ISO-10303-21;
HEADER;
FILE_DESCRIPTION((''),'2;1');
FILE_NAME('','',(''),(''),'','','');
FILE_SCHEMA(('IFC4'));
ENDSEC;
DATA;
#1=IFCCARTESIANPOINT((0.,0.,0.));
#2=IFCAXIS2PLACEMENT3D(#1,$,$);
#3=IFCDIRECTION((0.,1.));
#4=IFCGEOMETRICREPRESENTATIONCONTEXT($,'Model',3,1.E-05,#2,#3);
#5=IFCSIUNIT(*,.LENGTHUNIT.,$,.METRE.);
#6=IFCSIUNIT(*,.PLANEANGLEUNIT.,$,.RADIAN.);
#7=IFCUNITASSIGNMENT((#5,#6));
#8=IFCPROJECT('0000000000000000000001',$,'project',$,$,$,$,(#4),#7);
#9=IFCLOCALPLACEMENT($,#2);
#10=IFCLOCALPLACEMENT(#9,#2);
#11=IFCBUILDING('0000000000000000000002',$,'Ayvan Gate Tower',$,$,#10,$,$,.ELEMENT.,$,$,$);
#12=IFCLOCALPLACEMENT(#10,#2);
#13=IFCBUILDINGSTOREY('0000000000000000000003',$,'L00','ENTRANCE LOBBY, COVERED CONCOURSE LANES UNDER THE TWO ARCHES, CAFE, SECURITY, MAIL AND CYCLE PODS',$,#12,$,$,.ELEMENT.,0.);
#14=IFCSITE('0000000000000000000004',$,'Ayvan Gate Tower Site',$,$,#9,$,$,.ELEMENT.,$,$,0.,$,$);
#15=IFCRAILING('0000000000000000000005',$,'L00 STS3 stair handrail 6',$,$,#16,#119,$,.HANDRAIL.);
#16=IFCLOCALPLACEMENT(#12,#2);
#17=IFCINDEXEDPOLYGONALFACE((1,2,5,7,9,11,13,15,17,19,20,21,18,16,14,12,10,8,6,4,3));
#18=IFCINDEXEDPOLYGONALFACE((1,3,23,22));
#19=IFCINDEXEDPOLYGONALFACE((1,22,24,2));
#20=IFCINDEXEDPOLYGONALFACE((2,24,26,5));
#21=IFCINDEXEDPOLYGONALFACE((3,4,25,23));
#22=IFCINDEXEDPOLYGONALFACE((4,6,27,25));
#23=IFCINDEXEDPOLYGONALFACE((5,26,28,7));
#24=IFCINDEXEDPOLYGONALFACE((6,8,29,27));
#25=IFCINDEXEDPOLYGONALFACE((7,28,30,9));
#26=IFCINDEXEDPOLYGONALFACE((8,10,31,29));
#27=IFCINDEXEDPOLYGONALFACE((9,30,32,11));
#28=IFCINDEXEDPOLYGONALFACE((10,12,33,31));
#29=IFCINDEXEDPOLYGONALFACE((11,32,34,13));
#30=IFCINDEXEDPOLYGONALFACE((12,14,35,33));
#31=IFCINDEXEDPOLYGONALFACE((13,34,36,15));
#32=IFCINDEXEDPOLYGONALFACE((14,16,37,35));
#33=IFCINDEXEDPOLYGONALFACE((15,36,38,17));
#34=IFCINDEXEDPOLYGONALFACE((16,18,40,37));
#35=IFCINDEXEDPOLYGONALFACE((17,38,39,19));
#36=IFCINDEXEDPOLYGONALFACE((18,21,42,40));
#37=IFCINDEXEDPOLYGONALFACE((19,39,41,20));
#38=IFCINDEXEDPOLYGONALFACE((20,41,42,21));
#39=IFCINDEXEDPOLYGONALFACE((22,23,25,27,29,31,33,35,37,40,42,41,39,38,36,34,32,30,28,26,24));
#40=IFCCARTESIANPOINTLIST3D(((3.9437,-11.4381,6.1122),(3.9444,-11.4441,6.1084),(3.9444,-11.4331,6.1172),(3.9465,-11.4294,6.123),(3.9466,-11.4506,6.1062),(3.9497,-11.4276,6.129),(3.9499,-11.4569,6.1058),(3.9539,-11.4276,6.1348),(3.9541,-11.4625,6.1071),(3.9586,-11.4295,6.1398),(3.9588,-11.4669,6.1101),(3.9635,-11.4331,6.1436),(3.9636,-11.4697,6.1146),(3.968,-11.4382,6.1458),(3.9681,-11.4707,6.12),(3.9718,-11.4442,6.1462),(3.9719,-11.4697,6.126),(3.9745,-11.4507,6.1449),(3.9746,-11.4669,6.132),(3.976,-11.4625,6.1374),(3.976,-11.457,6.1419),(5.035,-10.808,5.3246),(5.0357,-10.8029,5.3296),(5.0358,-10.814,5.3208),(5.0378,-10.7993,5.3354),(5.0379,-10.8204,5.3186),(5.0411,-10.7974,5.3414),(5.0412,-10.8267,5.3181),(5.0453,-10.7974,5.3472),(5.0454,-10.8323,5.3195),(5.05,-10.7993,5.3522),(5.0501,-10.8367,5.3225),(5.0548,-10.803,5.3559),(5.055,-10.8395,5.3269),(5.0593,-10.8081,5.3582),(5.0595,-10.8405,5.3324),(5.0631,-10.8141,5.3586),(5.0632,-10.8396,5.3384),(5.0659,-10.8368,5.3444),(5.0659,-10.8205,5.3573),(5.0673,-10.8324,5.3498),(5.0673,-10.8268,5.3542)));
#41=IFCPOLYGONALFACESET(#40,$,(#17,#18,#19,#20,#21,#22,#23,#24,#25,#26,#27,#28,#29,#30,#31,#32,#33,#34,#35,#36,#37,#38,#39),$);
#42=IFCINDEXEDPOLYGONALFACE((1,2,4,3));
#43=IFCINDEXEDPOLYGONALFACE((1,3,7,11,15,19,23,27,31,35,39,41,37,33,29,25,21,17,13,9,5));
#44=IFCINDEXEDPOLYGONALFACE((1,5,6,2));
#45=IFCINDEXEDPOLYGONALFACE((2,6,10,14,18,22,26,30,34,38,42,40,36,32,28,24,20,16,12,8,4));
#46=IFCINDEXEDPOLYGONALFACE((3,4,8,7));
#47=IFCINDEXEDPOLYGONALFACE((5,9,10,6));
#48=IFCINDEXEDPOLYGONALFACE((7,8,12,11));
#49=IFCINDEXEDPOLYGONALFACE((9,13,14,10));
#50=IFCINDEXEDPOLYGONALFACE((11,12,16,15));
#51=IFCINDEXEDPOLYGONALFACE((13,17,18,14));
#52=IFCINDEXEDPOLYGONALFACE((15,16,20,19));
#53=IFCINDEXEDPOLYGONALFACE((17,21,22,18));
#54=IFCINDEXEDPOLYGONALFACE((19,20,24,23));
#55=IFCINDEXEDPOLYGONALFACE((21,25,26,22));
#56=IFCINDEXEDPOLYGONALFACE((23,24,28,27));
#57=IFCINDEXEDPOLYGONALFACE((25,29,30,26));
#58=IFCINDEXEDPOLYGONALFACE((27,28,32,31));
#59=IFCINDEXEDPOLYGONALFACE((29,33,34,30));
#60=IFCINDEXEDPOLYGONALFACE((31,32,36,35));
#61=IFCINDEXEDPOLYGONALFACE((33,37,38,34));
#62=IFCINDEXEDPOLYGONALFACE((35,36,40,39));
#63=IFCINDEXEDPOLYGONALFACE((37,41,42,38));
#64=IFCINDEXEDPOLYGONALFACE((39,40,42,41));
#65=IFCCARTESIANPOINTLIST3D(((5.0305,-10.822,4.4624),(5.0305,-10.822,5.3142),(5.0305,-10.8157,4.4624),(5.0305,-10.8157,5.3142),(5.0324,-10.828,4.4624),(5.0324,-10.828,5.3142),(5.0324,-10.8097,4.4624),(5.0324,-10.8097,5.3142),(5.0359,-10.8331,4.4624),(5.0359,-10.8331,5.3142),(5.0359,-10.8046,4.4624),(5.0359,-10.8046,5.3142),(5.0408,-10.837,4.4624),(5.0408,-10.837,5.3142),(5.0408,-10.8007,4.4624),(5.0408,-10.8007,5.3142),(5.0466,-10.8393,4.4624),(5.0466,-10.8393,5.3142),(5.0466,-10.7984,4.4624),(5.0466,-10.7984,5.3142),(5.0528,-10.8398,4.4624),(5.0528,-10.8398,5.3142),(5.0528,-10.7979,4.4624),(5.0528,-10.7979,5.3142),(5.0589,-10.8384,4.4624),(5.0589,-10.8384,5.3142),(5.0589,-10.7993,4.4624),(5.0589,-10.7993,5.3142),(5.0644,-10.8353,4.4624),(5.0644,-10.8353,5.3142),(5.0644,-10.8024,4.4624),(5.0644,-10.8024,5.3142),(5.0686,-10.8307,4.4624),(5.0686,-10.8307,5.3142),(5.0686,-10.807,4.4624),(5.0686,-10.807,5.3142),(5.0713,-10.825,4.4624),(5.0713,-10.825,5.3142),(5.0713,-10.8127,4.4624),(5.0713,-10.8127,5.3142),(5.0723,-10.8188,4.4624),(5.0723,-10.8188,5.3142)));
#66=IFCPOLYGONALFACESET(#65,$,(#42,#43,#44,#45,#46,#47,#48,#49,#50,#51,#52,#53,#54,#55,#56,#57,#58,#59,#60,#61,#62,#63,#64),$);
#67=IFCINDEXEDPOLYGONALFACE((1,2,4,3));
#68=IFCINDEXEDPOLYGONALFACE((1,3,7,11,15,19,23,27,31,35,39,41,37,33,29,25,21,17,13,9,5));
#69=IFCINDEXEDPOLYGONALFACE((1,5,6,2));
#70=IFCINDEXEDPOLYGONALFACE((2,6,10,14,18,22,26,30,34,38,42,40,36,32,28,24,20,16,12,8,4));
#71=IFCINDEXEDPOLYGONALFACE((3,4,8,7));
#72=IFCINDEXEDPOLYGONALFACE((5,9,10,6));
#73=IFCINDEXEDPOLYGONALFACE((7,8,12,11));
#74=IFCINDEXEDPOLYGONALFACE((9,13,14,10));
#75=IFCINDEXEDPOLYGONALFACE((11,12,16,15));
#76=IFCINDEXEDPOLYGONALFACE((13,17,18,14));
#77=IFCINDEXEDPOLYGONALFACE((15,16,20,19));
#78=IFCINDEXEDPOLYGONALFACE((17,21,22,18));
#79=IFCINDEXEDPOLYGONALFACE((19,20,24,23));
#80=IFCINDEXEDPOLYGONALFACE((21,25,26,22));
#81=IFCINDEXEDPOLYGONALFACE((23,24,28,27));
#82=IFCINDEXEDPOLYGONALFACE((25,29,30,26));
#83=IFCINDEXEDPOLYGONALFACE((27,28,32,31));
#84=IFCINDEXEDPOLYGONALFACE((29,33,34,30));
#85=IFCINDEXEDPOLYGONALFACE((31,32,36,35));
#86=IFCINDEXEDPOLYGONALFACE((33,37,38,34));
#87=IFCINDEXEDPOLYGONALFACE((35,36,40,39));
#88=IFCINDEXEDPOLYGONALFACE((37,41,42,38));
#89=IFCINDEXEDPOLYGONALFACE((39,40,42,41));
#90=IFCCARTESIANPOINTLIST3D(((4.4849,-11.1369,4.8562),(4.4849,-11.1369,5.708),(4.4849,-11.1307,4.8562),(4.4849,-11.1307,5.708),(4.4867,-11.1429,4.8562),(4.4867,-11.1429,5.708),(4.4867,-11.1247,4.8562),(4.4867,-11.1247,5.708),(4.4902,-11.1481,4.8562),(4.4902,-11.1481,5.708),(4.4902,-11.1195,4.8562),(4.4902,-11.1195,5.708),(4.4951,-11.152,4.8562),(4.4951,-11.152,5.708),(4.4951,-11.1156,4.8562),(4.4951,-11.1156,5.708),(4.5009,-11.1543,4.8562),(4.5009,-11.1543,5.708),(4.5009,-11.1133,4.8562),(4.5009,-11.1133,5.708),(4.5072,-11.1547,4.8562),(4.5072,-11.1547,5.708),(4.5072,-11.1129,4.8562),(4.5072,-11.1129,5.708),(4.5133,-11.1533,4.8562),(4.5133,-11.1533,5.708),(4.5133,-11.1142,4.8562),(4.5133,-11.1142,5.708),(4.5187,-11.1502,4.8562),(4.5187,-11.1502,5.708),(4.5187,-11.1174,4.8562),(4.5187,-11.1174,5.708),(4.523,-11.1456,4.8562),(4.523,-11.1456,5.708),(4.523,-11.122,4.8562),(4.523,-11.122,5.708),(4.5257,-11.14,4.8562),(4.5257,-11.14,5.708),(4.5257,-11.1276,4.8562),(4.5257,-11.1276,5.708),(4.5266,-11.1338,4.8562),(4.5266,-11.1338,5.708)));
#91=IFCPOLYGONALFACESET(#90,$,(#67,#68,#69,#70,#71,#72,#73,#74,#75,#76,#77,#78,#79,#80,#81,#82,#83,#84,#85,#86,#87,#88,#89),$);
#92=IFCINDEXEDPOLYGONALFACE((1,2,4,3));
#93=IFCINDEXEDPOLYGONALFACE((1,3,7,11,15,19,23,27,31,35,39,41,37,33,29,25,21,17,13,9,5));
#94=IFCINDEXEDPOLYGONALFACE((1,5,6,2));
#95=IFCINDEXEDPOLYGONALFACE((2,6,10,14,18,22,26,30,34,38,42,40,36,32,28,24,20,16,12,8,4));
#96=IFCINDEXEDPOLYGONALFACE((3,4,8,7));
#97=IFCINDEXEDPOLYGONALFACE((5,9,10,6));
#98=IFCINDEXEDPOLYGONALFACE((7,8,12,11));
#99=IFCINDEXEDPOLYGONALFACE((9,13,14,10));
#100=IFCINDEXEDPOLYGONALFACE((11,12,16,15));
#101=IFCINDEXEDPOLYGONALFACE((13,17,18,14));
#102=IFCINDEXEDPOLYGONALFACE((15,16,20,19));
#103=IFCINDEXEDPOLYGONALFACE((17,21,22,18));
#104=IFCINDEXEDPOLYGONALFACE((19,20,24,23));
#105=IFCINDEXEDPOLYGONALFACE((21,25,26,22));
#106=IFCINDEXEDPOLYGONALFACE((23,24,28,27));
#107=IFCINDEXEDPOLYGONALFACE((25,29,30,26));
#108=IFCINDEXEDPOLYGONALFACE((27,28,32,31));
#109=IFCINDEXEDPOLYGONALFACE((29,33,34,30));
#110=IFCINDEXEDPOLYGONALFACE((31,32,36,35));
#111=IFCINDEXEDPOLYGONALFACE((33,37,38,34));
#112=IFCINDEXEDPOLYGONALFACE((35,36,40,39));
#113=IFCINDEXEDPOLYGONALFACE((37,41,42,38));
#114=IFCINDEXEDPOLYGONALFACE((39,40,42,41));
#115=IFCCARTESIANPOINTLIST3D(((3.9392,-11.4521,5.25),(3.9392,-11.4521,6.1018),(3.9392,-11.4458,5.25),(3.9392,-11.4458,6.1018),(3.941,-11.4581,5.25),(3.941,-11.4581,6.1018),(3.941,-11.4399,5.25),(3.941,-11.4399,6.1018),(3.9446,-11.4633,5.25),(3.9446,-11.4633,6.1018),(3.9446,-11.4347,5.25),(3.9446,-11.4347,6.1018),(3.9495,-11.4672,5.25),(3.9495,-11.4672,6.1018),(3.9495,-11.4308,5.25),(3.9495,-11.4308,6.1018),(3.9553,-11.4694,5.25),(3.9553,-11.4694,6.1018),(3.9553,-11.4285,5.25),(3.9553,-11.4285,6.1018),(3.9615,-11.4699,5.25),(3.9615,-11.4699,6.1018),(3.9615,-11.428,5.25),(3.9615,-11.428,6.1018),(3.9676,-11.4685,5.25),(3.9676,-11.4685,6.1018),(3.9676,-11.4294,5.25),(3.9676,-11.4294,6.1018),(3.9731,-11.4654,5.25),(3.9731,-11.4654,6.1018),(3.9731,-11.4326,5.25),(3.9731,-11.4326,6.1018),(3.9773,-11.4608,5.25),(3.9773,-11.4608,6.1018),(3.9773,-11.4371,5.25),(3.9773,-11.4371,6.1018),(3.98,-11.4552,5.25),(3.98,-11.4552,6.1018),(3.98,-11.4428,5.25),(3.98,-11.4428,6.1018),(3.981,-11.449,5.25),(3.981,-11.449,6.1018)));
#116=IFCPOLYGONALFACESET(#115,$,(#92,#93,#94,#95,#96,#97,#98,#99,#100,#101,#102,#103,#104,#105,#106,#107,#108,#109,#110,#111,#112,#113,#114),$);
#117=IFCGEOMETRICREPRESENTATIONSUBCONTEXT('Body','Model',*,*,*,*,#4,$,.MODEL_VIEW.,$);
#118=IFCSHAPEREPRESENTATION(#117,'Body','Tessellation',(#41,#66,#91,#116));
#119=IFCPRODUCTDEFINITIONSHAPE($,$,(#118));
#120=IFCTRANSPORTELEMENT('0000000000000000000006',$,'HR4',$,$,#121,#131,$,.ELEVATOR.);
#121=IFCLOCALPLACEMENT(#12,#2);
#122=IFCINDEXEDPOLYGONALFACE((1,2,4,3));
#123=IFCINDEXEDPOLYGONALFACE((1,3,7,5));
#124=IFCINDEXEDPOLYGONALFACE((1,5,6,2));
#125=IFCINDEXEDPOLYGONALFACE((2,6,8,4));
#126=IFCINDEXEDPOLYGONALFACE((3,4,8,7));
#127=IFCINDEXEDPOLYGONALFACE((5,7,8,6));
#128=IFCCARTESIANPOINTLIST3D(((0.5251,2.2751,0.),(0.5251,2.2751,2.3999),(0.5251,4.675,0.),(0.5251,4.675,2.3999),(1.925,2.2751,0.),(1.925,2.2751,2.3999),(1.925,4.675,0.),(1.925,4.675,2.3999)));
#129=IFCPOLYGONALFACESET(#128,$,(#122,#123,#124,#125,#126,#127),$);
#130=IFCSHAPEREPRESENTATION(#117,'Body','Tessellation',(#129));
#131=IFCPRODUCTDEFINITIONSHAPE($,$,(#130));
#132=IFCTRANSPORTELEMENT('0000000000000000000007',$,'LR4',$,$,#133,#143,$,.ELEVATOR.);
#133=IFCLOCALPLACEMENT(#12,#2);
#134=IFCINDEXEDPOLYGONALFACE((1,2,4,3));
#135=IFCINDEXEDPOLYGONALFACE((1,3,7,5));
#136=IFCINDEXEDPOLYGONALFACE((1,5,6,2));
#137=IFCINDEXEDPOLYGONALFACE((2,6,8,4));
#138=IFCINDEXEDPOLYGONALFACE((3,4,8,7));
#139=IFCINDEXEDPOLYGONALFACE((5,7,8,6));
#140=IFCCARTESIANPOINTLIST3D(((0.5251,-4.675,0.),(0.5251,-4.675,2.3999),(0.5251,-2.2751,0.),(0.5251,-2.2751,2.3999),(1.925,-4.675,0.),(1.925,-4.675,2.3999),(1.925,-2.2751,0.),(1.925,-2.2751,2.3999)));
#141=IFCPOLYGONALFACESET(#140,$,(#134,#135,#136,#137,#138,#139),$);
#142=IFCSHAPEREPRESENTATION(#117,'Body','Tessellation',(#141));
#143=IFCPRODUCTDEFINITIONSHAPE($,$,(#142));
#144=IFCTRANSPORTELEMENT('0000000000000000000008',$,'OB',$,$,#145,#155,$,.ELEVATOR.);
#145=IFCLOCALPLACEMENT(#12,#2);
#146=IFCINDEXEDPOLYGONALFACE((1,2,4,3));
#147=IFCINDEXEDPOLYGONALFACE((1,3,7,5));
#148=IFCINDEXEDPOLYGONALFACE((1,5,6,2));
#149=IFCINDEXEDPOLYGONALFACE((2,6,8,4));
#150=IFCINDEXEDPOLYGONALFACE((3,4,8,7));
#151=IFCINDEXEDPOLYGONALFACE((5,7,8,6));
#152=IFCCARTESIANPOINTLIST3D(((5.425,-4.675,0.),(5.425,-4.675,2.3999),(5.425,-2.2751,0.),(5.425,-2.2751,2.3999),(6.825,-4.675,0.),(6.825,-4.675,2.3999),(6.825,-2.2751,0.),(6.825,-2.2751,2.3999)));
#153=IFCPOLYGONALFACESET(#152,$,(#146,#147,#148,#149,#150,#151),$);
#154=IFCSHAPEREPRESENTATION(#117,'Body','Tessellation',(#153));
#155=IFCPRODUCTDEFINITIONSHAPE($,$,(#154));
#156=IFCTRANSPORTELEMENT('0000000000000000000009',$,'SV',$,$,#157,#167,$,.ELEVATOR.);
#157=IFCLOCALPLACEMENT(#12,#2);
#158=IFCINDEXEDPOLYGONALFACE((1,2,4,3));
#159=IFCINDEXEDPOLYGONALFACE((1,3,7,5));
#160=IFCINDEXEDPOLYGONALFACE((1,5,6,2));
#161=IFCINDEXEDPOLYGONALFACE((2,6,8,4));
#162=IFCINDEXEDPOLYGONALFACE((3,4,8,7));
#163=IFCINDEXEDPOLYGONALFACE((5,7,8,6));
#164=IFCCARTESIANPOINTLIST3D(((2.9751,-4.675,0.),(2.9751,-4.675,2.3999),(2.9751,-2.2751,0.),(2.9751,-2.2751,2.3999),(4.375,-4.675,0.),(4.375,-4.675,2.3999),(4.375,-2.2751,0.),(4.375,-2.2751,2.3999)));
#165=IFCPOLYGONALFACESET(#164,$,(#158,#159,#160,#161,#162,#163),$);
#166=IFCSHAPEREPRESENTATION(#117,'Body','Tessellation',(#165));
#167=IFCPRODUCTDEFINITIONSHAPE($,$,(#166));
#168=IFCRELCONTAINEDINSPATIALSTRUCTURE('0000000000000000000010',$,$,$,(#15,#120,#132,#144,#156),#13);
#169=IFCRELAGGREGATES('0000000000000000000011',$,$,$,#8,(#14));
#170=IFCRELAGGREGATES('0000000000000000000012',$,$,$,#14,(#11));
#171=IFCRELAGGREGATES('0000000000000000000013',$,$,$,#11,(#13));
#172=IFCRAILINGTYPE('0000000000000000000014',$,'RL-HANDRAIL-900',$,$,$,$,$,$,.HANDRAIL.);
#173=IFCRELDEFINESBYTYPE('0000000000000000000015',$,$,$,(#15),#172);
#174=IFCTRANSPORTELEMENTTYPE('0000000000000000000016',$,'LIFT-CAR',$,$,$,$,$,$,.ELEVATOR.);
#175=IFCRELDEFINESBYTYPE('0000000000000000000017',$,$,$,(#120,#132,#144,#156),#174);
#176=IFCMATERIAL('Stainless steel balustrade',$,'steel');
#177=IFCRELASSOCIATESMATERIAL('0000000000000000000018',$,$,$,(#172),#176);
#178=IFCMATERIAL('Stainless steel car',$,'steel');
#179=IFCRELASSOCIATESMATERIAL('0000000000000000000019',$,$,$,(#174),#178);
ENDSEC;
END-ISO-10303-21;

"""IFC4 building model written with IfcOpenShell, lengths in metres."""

from ifc_helpers import new_model, si_unit, direction, frame, origin, origin_2d, place, context, subcontext, project, spatial, rectangle, circle, extrude, material, type_object, element, save


model = new_model("IFC4")

# Units and contexts
model_context = context("Model", 3, precision=1e-05, world=origin(), true_north=direction((0.0, 1.0)))
body_context = subcontext(model_context, "Body", "Model", "MODEL_VIEW")
ifc_project = project(units=[si_unit("LENGTHUNIT", "METRE"), si_unit("PLANEANGLEUNIT", "RADIAN")], contexts=[model_context])

# Site, building, storey
site_placement = place(None, origin())
site = spatial("IfcSite", under=ifc_project, at=site_placement, Name="Ayvan Gate Tower Site", CompositionType="ELEMENT", RefElevation=0.0)
building_placement = place(site_placement, origin())
building = spatial("IfcBuilding", under=site, at=building_placement, Name="Ayvan Gate Tower", CompositionType="ELEMENT")
storey_placement = place(building_placement, origin())
storey = spatial("IfcBuildingStorey", under=building, at=storey_placement, Name="L00", Description="ENTRANCE LOBBY, COVERED CONCOURSE LANES UNDER THE TWO ARCHES, CAFE, SECURITY, MAIL AND CYCLE PODS", CompositionType="ELEMENT", Elevation=0.0)

# Railing
ifc_material_1 = material(Name="Stainless steel balustrade", Category="steel")
railing_type_1 = type_object("IfcRailingType", Name="RL-HANDRAIL-900", PredefinedType="HANDRAIL", material=ifc_material_1)
railing_1_placement = place(storey_placement, frame((5.0513, -10.8188, 4.4624)))
element("IfcRailing", 1, at=railing_1_placement, inside=storey, type_object=railing_type_1, Name="L00 STS3 stair handrail 6", PredefinedType="HANDRAIL", context=body_context, shape_type="SweptSolid", body=[
    extrude(circle(Radius=0.0239, at=origin_2d()), frame((0.0, 0.0, 0.876), z_axis=(-0.734372, -0.42403, 0.529996), x_axis=(0.500035, -0.866005, 0.0)), (0.0, 0.0, 1.0), 1.4861),
    extrude(circle(Radius=0.021, at=origin_2d()), origin(), (0.0, 0.0, 1.0), 0.8518),
    extrude(circle(Radius=0.021, at=origin_2d()), frame((-0.5457, -0.3149, 0.3938)), (0.0, 0.0, 1.0), 0.8518),
    extrude(circle(Radius=0.021, at=origin_2d()), frame((-1.0913, -0.6301, 0.7876)), (0.0, 0.0, 1.0), 0.8518),
])

# Transport elements
ifc_material_2 = material(Name="Stainless steel car", Category="steel")
transport_element_type = type_object("IfcTransportElementType", Name="LIFT-CAR", PredefinedType="ELEVATOR", material=ifc_material_2)
for number, where, z_axis, x_axis, name in (
    (2, (1.2251, 3.4751, 0.0), (0.0, 0.0, 1.0), (1.0, 0.0, 0.0), "HR4"),
    (3, (1.2251, -3.4751, 0.0), (0.0, 0.0, 1.0), (1.0, 0.0, 0.0), "LR4"),
    (4, (6.125, -3.4751, 0.0), (0.0, 0.0, 1.0), (1.0, 0.0, 0.0), "OB"),
    (5, (3.675, -3.4751, 0.0), (0.0, 0.0, 1.0), (1.0, 0.0, 0.0), "SV"),
):
    element("IfcTransportElement", number, at=place(storey_placement, frame(where, z_axis=z_axis, x_axis=x_axis)), inside=storey, type_object=transport_element_type, Name=name, PredefinedType="ELEVATOR", context=body_context, shape_type="SweptSolid", body=[
        extrude(rectangle(XDim=1.3999, YDim=2.3999, at=origin_2d()), origin(), (0.0, 0.0, 1.0), 2.3999),
    ])

save(model, "model.ifc")
